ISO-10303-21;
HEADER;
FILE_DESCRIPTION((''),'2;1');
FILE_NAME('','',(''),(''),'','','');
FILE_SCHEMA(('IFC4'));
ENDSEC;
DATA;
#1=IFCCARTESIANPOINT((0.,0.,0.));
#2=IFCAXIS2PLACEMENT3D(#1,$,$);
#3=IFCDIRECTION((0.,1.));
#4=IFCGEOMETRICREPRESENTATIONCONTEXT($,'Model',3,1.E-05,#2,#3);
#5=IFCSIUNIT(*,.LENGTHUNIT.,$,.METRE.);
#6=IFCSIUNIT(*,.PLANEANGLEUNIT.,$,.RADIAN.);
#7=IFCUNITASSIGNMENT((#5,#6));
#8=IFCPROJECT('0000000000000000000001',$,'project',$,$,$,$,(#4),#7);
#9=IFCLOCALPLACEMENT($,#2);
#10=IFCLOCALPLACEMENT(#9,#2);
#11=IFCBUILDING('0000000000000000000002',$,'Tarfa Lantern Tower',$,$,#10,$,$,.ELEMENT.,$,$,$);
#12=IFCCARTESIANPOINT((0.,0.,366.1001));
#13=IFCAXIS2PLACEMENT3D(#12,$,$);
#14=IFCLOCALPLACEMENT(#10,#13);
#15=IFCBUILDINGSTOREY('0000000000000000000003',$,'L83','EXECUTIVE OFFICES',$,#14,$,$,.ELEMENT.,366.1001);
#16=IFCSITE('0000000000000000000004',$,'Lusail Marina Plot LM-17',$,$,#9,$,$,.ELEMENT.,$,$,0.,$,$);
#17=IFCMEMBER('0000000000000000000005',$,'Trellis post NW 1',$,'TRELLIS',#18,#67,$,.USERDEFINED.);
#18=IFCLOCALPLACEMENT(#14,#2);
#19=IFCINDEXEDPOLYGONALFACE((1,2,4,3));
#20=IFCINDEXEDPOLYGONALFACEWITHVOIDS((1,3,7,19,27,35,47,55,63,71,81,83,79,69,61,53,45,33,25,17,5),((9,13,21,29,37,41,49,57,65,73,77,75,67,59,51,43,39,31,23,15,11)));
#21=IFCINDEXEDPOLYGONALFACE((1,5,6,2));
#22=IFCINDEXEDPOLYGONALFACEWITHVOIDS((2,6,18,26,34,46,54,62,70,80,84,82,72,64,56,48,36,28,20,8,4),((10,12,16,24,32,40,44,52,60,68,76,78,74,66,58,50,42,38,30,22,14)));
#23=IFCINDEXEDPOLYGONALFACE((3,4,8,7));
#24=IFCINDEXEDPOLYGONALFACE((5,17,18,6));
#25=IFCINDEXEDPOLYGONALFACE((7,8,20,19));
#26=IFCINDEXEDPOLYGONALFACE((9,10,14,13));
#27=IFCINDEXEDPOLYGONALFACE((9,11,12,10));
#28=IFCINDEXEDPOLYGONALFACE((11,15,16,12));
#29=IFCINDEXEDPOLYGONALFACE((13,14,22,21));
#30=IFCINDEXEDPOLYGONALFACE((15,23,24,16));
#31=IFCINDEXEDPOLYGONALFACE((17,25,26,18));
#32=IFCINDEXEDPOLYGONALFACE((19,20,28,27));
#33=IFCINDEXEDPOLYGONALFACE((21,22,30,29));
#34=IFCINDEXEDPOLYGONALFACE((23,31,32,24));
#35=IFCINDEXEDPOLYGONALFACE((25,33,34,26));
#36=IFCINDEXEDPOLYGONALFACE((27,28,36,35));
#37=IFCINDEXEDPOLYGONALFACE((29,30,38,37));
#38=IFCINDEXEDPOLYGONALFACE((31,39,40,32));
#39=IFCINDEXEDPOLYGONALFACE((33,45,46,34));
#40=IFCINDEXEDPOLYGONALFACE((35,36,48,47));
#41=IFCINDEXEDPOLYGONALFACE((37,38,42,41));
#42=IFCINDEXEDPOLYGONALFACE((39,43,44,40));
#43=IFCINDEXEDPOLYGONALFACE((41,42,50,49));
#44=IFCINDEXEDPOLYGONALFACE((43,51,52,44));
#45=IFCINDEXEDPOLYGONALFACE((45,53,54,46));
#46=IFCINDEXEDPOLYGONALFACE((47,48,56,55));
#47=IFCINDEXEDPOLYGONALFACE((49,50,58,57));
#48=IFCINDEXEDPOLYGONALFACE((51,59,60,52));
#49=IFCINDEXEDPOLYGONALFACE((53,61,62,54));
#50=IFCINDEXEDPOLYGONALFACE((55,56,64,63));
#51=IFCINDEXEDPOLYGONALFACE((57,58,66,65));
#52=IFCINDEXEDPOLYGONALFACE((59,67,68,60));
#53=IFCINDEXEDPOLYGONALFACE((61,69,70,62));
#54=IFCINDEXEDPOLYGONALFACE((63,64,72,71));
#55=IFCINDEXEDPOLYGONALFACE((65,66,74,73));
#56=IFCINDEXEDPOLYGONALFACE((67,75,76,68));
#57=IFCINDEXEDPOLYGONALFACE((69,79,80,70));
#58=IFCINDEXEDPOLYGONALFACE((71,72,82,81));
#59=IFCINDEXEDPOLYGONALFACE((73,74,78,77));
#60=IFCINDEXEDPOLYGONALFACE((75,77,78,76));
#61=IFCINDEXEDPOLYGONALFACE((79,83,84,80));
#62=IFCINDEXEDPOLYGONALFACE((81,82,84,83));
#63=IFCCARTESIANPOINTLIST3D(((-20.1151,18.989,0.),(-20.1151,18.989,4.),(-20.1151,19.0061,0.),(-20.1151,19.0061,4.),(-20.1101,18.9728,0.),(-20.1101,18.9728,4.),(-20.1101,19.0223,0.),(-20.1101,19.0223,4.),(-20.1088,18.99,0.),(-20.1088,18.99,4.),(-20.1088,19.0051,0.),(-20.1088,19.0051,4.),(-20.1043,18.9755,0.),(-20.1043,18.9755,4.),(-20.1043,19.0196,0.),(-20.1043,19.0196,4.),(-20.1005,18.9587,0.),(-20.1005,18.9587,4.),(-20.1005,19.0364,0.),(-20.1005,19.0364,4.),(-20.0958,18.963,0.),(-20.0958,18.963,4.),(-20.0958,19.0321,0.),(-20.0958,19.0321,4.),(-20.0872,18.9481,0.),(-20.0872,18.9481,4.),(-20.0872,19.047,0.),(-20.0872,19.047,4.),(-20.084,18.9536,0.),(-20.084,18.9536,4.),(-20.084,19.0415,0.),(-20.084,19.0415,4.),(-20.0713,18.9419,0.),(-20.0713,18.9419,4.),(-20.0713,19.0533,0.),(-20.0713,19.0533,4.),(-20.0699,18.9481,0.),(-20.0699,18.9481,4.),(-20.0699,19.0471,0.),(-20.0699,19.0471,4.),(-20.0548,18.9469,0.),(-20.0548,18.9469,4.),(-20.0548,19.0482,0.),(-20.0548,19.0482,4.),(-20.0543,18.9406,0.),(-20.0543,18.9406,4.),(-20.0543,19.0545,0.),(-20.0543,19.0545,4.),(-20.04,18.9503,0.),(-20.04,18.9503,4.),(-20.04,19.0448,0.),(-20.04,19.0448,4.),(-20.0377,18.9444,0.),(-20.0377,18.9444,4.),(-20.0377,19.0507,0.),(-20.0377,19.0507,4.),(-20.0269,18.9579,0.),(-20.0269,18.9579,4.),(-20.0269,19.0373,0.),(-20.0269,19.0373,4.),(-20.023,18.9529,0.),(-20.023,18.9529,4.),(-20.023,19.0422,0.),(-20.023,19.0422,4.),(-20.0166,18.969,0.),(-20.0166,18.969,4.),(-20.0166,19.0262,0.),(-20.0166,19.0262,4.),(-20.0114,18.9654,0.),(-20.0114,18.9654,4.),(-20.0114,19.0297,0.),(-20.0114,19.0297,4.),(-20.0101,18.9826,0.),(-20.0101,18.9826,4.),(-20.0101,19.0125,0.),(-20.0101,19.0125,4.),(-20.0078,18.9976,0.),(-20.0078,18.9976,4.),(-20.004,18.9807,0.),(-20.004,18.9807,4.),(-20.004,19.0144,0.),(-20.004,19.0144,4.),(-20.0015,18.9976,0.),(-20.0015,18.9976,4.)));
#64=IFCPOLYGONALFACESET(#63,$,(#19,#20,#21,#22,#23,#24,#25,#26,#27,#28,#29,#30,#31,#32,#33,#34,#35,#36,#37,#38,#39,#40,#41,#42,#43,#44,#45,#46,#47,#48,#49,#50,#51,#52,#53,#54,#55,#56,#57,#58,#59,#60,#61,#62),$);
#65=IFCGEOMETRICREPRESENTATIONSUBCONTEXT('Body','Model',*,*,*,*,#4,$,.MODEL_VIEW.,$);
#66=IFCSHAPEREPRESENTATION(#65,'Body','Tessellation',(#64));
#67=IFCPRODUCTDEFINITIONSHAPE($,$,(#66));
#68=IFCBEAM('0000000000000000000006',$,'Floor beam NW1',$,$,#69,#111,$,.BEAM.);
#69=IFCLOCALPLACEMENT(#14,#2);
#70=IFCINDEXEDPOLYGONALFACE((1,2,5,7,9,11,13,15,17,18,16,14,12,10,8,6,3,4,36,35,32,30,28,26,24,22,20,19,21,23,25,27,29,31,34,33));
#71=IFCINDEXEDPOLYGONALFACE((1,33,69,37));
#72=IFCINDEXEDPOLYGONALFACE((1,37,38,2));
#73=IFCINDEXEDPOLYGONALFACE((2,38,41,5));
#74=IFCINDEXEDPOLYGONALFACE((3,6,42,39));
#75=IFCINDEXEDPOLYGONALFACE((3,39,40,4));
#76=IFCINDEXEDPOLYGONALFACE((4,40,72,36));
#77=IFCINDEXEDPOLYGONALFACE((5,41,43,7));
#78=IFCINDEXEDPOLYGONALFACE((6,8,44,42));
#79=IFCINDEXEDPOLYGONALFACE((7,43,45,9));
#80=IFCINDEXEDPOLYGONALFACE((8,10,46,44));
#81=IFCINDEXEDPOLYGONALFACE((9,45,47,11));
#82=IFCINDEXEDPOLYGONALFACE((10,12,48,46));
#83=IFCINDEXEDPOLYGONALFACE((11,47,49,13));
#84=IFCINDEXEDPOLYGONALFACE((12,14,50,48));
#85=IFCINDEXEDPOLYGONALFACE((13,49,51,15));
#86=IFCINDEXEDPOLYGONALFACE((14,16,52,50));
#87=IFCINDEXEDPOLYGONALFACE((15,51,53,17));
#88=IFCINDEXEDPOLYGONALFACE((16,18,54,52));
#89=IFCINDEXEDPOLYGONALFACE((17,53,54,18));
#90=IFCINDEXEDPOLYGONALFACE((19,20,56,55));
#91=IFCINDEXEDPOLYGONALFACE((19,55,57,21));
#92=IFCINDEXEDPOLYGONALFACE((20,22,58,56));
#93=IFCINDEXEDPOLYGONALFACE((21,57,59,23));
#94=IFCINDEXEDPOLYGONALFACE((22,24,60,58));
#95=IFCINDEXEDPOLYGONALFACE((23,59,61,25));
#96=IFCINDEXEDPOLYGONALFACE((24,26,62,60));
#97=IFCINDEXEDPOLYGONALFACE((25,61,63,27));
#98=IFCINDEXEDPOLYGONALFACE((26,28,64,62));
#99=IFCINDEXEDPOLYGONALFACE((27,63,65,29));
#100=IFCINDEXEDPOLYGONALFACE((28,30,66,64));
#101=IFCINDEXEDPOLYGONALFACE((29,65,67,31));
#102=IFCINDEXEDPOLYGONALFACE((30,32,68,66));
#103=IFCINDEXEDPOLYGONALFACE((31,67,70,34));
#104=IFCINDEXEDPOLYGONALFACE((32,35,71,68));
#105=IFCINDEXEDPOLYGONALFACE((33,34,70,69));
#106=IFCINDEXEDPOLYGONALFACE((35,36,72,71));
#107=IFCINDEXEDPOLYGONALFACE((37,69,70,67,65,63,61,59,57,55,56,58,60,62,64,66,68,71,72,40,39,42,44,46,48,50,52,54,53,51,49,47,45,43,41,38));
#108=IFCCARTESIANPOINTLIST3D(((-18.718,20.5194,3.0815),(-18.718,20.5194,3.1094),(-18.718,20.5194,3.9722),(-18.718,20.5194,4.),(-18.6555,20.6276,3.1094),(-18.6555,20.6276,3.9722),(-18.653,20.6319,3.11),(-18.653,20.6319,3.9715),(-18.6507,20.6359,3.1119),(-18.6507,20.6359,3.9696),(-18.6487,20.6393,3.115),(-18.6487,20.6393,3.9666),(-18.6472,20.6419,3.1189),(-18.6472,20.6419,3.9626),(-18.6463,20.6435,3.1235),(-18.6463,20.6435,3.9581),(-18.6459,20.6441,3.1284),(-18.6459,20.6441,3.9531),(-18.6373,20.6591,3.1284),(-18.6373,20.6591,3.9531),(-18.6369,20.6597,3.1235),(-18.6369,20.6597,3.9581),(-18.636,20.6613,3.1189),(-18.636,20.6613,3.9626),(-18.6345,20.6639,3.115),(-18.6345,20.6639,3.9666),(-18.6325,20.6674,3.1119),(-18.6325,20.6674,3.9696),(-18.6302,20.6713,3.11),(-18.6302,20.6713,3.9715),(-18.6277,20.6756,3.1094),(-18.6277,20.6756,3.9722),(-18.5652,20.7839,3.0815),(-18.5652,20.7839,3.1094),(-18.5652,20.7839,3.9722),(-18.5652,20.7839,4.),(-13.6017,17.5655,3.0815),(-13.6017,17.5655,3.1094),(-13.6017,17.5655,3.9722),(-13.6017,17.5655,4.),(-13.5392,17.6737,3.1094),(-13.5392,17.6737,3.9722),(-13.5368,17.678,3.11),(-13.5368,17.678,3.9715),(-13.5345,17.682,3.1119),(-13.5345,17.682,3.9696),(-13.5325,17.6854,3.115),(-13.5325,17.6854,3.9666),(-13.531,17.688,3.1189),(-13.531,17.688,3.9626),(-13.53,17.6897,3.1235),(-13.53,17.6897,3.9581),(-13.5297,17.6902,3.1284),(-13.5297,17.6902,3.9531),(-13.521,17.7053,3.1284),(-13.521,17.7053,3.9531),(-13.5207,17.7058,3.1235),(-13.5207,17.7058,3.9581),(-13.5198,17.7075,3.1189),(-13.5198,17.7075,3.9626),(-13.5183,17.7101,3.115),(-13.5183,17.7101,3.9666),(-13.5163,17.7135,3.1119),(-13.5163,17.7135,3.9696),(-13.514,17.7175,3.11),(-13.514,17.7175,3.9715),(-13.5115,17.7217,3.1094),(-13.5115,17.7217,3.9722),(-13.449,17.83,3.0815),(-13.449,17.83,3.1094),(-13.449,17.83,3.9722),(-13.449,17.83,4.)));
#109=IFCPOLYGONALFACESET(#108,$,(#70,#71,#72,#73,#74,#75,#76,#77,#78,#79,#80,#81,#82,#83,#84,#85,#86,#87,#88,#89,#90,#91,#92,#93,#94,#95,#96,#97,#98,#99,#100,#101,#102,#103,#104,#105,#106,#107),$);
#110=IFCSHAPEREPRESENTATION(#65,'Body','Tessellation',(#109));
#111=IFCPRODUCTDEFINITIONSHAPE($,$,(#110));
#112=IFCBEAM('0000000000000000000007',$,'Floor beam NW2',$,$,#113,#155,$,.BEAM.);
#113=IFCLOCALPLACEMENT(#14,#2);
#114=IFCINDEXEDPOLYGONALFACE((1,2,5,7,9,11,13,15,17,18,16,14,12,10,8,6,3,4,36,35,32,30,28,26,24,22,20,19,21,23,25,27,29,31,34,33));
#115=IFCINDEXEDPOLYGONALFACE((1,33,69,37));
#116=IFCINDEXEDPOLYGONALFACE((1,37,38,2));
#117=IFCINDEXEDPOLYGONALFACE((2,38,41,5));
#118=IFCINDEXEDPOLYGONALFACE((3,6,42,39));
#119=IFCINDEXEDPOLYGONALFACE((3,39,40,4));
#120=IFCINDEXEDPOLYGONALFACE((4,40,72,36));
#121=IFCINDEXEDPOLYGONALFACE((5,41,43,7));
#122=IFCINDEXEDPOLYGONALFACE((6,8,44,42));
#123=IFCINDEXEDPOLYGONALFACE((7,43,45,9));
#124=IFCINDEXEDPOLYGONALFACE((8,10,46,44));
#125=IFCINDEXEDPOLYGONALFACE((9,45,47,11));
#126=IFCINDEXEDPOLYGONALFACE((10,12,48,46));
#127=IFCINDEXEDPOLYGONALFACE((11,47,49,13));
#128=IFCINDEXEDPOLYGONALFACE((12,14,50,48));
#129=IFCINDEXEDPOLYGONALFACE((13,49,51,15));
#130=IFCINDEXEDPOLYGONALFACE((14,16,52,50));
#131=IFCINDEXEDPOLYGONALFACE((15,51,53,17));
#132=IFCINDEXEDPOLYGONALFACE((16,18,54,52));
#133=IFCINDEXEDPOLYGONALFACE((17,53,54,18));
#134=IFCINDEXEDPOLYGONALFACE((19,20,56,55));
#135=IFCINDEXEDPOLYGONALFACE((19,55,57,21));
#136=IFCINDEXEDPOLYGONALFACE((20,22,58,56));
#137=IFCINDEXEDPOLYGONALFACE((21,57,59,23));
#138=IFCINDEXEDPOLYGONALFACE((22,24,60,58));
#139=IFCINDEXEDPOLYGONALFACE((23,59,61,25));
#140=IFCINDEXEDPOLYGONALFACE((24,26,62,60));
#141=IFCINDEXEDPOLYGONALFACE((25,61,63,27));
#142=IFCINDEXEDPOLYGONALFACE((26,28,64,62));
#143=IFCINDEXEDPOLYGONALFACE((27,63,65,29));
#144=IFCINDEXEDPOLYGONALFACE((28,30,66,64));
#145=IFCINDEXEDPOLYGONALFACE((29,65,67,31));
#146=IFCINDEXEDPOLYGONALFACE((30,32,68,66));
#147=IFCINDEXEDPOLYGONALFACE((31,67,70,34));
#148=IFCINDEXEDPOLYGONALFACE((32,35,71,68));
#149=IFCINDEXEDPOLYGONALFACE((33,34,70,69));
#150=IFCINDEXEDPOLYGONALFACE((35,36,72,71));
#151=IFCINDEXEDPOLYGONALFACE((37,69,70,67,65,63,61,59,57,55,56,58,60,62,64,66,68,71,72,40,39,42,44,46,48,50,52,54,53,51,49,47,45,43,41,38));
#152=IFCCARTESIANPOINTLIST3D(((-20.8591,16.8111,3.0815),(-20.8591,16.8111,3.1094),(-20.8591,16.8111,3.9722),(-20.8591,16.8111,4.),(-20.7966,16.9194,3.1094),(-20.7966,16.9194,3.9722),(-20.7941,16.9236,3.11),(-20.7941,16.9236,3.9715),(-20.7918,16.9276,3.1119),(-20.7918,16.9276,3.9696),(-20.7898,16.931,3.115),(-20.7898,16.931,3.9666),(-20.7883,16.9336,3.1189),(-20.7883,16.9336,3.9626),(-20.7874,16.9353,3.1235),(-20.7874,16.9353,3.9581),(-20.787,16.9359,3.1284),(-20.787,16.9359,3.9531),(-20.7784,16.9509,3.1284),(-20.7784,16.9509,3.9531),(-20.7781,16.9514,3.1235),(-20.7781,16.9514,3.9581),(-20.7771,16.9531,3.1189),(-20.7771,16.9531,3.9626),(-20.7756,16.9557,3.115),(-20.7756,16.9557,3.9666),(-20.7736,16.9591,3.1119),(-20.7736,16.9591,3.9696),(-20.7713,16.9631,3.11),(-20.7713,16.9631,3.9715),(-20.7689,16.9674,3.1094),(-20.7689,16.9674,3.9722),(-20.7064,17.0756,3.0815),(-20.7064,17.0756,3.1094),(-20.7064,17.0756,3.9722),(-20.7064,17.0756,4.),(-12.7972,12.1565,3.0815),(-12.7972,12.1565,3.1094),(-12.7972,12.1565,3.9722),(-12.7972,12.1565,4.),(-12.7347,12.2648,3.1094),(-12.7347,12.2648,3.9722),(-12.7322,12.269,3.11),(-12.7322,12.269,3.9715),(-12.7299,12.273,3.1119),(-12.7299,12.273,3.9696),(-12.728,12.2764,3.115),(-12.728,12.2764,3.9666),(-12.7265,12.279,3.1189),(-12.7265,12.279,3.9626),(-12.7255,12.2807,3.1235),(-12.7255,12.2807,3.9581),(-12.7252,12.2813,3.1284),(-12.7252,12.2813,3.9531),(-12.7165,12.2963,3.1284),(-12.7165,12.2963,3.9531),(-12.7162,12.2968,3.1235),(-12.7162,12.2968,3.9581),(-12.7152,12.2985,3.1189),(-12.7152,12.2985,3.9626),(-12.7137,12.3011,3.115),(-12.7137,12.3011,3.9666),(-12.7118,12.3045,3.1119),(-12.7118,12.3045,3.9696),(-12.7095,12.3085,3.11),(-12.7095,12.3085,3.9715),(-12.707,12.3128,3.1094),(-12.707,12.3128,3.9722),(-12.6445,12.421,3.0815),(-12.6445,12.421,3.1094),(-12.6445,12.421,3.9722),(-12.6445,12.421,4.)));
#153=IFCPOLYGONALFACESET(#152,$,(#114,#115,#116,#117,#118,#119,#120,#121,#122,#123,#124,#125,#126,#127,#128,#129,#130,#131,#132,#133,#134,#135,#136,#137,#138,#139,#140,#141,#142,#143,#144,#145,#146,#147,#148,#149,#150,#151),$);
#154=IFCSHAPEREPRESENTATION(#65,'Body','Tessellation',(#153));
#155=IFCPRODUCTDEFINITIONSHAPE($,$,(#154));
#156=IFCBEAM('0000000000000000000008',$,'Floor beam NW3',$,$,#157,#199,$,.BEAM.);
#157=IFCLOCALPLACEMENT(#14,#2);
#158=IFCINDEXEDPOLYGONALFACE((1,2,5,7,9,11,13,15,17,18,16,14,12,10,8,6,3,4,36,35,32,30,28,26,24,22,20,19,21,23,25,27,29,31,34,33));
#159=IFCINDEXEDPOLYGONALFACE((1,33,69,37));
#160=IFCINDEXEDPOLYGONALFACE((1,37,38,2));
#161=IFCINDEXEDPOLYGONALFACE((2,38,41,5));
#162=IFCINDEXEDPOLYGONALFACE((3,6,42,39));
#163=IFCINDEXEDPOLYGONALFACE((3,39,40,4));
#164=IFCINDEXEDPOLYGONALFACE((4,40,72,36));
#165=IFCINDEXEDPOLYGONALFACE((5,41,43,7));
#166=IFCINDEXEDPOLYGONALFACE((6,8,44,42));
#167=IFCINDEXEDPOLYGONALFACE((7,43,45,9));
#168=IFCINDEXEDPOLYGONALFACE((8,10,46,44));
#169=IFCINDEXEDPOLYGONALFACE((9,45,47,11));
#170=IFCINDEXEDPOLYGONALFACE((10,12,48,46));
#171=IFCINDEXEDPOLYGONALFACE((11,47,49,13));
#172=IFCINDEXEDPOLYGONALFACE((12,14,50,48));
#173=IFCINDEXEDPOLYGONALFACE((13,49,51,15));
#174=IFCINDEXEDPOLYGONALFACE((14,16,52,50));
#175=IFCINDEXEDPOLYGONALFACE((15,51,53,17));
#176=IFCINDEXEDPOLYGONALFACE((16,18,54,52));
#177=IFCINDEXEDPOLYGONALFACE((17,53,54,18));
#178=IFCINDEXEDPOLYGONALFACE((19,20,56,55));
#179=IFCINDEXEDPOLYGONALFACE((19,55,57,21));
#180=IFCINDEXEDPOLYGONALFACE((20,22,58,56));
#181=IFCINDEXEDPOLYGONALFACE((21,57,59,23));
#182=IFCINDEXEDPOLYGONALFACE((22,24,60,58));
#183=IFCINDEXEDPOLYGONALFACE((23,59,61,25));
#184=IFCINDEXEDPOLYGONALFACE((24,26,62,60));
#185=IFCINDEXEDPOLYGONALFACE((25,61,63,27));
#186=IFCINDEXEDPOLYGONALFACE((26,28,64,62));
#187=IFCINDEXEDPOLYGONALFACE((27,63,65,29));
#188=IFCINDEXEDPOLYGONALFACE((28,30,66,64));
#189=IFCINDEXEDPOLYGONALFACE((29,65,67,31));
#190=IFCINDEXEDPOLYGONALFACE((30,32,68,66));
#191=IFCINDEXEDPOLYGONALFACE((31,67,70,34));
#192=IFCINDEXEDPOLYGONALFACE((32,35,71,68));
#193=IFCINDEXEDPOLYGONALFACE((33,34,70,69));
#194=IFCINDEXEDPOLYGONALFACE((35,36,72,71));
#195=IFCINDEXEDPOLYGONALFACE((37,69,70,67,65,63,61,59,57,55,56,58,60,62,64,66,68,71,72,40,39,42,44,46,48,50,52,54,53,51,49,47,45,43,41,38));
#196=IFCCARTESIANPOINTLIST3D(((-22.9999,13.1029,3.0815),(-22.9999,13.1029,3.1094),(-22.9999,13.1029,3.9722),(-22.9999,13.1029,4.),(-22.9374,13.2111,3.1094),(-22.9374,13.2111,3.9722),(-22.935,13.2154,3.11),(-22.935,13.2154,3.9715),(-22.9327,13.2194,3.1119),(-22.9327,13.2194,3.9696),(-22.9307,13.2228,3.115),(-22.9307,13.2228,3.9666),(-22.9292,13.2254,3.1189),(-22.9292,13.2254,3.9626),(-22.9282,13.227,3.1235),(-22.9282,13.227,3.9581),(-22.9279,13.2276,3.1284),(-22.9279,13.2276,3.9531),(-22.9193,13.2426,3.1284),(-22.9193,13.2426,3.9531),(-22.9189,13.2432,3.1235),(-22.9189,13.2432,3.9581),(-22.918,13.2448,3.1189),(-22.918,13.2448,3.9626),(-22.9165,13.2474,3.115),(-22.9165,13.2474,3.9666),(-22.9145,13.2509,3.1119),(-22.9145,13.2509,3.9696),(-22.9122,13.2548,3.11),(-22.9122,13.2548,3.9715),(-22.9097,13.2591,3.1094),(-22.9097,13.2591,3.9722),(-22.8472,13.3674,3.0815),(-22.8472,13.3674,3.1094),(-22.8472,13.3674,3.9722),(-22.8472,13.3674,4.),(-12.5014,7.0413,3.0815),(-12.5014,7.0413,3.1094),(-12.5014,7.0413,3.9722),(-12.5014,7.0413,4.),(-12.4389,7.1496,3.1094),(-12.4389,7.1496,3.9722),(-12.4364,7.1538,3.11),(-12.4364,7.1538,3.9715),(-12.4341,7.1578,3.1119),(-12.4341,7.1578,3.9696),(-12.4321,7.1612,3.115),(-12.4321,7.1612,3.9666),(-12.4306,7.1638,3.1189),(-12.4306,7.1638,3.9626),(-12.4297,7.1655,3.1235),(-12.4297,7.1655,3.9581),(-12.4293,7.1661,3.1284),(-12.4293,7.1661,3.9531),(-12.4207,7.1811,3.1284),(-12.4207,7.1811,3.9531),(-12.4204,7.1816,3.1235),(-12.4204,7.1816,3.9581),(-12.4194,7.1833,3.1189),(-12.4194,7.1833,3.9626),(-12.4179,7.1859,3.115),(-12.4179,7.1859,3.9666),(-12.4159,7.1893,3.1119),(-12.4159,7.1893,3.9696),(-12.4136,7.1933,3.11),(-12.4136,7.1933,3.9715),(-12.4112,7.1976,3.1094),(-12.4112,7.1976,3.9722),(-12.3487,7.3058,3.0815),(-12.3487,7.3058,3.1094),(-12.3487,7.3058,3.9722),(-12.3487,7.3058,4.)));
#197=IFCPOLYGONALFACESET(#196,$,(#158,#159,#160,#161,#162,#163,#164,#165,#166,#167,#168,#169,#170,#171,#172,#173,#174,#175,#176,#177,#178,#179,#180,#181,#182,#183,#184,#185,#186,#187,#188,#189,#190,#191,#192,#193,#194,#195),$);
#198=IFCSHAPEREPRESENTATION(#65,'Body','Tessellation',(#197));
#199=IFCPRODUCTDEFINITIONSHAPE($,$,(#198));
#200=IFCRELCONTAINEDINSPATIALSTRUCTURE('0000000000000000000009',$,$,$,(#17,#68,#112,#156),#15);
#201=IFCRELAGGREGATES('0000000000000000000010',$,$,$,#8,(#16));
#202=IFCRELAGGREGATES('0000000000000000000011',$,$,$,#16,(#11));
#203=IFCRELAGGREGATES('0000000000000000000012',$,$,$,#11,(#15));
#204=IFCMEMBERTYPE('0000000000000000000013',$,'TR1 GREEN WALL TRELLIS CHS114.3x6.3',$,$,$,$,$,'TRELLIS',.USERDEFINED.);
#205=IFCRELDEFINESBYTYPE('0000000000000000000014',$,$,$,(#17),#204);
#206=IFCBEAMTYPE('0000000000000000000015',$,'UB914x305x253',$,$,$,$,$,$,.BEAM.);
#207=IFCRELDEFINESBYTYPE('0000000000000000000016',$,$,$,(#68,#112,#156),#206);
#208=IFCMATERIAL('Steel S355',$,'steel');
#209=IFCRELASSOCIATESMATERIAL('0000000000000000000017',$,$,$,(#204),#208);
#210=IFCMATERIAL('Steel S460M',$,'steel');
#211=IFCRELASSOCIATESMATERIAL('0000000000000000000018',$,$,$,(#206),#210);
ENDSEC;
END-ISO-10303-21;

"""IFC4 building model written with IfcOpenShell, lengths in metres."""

from ifc_helpers import new_model, si_unit, direction, frame, origin, origin_2d, place, context, subcontext, project, spatial, hollow_circle, i_section, extrude, material, material_profile, profile_set, type_object, element, save


model = new_model("IFC4")

# Units and contexts
model_context = context("Model", 3, precision=1e-05, world=origin(), true_north=direction((0.0, 1.0)))
body_context = subcontext(model_context, "Body", "Model", "MODEL_VIEW")
ifc_project = project(units=[si_unit("LENGTHUNIT", "METRE"), si_unit("PLANEANGLEUNIT", "RADIAN")], contexts=[model_context])

# Site, building, storey
site_placement = place(None, origin())
site = spatial("IfcSite", under=ifc_project, at=site_placement, Name="Lusail Marina Plot LM-17", CompositionType="ELEMENT", RefElevation=0.0)
building_placement = place(site_placement, origin())
building = spatial("IfcBuilding", under=site, at=building_placement, Name="Tarfa Lantern Tower", CompositionType="ELEMENT")
storey_placement = place(building_placement, frame((0.0, 0.0, 366.1001)))
storey = spatial("IfcBuildingStorey", under=building, at=storey_placement, Name="L83", Description="EXECUTIVE OFFICES", CompositionType="ELEMENT", Elevation=366.1001)

# Member
ifc_material_1 = material(Name="Steel S355", Category="steel")
ifc_material_profile_1 = material_profile(ifc_material_1, hollow_circle(Radius=0.0571, WallThickness=0.0063, at=origin_2d()), Name="CHS114.3x6.3")
ifc_profile_set_1 = profile_set([ifc_material_profile_1], Name="Steel S355")
member_type_1 = type_object("IfcMemberType", Name="TR1 GREEN WALL TRELLIS CHS114.3x6.3", ElementType="TRELLIS", PredefinedType="USERDEFINED", material=ifc_profile_set_1)
member_1_placement = place(storey_placement, frame((-20.0586, 18.9976, 0.0), z_axis=(0.0, 0.0, 1.0), x_axis=(1.0, 0.0, 0.0)))
element("IfcMember", 1, at=member_1_placement, inside=storey, type_object=member_type_1, Name="Trellis post NW 1", ObjectType="TRELLIS", PredefinedType="USERDEFINED", context=body_context, shape_type="SweptSolid", body=[
    extrude(hollow_circle(Radius=0.0571, WallThickness=0.0063, at=origin_2d()), origin(), (0.0, 0.0, 1.0), 4.0),
])

# Beams
ifc_material_2 = material(Name="Steel S460M", Category="steel")
ifc_material_profile_2 = material_profile(ifc_material_2, i_section(OverallWidth=0.3054, OverallDepth=0.9185, WebThickness=0.0173, FlangeThickness=0.0278, FilletRadius=0.019, at=origin_2d()), Name="UB914x305x253")
ifc_profile_set_2 = profile_set([ifc_material_profile_2], Name="Steel S460M")
beam_type_1 = type_object("IfcBeamType", Name="UB914x305x253", PredefinedType="BEAM", material=ifc_profile_set_2)
beam_1_placement = place(storey_placement, frame((-18.6416, 20.6516, 3.5408), z_axis=(0.866025, -0.500001, 0.0), x_axis=(0.500001, 0.866025, 0.0)))
element("IfcBeam", 2, at=beam_1_placement, inside=storey, type_object=beam_type_1, Name="Floor beam NW1", PredefinedType="BEAM", context=body_context, shape_type="SweptSolid", body=[
    extrude(i_section(OverallWidth=0.3054, OverallDepth=0.9185, WebThickness=0.0173, FlangeThickness=0.0278, FilletRadius=0.019, at=origin_2d()), origin(), (0.0, 0.0, 1.0), 5.9077),
])
beam_2_placement = place(storey_placement, frame((-20.7827, 16.9434, 3.5408), z_axis=(0.866022, -0.500006, 0.0), x_axis=(0.500006, 0.866022, 0.0)))
element("IfcBeam", 3, at=beam_2_placement, inside=storey, type_object=beam_type_1, Name="Floor beam NW2", PredefinedType="BEAM", context=body_context, shape_type="SweptSolid", body=[
    extrude(i_section(OverallWidth=0.3054, OverallDepth=0.9185, WebThickness=0.0173, FlangeThickness=0.0278, FilletRadius=0.019, at=origin_2d()), origin(), (0.0, 0.0, 1.0), 9.3091),
])
beam_3_placement = place(storey_placement, frame((-22.9236, 13.2351, 3.5408), z_axis=(0.866019, -0.500012, 0.0), x_axis=(0.500012, 0.866019, 0.0)))
element("IfcBeam", 4, at=beam_3_placement, inside=storey, type_object=beam_type_1, Name="Floor beam NW3", PredefinedType="BEAM", context=body_context, shape_type="SweptSolid", body=[
    extrude(i_section(OverallWidth=0.3054, OverallDepth=0.9185, WebThickness=0.0173, FlangeThickness=0.0278, FilletRadius=0.019, at=origin_2d()), origin(), (0.0, 0.0, 1.0), 12.1228),
])

save(model, "model.ifc")
